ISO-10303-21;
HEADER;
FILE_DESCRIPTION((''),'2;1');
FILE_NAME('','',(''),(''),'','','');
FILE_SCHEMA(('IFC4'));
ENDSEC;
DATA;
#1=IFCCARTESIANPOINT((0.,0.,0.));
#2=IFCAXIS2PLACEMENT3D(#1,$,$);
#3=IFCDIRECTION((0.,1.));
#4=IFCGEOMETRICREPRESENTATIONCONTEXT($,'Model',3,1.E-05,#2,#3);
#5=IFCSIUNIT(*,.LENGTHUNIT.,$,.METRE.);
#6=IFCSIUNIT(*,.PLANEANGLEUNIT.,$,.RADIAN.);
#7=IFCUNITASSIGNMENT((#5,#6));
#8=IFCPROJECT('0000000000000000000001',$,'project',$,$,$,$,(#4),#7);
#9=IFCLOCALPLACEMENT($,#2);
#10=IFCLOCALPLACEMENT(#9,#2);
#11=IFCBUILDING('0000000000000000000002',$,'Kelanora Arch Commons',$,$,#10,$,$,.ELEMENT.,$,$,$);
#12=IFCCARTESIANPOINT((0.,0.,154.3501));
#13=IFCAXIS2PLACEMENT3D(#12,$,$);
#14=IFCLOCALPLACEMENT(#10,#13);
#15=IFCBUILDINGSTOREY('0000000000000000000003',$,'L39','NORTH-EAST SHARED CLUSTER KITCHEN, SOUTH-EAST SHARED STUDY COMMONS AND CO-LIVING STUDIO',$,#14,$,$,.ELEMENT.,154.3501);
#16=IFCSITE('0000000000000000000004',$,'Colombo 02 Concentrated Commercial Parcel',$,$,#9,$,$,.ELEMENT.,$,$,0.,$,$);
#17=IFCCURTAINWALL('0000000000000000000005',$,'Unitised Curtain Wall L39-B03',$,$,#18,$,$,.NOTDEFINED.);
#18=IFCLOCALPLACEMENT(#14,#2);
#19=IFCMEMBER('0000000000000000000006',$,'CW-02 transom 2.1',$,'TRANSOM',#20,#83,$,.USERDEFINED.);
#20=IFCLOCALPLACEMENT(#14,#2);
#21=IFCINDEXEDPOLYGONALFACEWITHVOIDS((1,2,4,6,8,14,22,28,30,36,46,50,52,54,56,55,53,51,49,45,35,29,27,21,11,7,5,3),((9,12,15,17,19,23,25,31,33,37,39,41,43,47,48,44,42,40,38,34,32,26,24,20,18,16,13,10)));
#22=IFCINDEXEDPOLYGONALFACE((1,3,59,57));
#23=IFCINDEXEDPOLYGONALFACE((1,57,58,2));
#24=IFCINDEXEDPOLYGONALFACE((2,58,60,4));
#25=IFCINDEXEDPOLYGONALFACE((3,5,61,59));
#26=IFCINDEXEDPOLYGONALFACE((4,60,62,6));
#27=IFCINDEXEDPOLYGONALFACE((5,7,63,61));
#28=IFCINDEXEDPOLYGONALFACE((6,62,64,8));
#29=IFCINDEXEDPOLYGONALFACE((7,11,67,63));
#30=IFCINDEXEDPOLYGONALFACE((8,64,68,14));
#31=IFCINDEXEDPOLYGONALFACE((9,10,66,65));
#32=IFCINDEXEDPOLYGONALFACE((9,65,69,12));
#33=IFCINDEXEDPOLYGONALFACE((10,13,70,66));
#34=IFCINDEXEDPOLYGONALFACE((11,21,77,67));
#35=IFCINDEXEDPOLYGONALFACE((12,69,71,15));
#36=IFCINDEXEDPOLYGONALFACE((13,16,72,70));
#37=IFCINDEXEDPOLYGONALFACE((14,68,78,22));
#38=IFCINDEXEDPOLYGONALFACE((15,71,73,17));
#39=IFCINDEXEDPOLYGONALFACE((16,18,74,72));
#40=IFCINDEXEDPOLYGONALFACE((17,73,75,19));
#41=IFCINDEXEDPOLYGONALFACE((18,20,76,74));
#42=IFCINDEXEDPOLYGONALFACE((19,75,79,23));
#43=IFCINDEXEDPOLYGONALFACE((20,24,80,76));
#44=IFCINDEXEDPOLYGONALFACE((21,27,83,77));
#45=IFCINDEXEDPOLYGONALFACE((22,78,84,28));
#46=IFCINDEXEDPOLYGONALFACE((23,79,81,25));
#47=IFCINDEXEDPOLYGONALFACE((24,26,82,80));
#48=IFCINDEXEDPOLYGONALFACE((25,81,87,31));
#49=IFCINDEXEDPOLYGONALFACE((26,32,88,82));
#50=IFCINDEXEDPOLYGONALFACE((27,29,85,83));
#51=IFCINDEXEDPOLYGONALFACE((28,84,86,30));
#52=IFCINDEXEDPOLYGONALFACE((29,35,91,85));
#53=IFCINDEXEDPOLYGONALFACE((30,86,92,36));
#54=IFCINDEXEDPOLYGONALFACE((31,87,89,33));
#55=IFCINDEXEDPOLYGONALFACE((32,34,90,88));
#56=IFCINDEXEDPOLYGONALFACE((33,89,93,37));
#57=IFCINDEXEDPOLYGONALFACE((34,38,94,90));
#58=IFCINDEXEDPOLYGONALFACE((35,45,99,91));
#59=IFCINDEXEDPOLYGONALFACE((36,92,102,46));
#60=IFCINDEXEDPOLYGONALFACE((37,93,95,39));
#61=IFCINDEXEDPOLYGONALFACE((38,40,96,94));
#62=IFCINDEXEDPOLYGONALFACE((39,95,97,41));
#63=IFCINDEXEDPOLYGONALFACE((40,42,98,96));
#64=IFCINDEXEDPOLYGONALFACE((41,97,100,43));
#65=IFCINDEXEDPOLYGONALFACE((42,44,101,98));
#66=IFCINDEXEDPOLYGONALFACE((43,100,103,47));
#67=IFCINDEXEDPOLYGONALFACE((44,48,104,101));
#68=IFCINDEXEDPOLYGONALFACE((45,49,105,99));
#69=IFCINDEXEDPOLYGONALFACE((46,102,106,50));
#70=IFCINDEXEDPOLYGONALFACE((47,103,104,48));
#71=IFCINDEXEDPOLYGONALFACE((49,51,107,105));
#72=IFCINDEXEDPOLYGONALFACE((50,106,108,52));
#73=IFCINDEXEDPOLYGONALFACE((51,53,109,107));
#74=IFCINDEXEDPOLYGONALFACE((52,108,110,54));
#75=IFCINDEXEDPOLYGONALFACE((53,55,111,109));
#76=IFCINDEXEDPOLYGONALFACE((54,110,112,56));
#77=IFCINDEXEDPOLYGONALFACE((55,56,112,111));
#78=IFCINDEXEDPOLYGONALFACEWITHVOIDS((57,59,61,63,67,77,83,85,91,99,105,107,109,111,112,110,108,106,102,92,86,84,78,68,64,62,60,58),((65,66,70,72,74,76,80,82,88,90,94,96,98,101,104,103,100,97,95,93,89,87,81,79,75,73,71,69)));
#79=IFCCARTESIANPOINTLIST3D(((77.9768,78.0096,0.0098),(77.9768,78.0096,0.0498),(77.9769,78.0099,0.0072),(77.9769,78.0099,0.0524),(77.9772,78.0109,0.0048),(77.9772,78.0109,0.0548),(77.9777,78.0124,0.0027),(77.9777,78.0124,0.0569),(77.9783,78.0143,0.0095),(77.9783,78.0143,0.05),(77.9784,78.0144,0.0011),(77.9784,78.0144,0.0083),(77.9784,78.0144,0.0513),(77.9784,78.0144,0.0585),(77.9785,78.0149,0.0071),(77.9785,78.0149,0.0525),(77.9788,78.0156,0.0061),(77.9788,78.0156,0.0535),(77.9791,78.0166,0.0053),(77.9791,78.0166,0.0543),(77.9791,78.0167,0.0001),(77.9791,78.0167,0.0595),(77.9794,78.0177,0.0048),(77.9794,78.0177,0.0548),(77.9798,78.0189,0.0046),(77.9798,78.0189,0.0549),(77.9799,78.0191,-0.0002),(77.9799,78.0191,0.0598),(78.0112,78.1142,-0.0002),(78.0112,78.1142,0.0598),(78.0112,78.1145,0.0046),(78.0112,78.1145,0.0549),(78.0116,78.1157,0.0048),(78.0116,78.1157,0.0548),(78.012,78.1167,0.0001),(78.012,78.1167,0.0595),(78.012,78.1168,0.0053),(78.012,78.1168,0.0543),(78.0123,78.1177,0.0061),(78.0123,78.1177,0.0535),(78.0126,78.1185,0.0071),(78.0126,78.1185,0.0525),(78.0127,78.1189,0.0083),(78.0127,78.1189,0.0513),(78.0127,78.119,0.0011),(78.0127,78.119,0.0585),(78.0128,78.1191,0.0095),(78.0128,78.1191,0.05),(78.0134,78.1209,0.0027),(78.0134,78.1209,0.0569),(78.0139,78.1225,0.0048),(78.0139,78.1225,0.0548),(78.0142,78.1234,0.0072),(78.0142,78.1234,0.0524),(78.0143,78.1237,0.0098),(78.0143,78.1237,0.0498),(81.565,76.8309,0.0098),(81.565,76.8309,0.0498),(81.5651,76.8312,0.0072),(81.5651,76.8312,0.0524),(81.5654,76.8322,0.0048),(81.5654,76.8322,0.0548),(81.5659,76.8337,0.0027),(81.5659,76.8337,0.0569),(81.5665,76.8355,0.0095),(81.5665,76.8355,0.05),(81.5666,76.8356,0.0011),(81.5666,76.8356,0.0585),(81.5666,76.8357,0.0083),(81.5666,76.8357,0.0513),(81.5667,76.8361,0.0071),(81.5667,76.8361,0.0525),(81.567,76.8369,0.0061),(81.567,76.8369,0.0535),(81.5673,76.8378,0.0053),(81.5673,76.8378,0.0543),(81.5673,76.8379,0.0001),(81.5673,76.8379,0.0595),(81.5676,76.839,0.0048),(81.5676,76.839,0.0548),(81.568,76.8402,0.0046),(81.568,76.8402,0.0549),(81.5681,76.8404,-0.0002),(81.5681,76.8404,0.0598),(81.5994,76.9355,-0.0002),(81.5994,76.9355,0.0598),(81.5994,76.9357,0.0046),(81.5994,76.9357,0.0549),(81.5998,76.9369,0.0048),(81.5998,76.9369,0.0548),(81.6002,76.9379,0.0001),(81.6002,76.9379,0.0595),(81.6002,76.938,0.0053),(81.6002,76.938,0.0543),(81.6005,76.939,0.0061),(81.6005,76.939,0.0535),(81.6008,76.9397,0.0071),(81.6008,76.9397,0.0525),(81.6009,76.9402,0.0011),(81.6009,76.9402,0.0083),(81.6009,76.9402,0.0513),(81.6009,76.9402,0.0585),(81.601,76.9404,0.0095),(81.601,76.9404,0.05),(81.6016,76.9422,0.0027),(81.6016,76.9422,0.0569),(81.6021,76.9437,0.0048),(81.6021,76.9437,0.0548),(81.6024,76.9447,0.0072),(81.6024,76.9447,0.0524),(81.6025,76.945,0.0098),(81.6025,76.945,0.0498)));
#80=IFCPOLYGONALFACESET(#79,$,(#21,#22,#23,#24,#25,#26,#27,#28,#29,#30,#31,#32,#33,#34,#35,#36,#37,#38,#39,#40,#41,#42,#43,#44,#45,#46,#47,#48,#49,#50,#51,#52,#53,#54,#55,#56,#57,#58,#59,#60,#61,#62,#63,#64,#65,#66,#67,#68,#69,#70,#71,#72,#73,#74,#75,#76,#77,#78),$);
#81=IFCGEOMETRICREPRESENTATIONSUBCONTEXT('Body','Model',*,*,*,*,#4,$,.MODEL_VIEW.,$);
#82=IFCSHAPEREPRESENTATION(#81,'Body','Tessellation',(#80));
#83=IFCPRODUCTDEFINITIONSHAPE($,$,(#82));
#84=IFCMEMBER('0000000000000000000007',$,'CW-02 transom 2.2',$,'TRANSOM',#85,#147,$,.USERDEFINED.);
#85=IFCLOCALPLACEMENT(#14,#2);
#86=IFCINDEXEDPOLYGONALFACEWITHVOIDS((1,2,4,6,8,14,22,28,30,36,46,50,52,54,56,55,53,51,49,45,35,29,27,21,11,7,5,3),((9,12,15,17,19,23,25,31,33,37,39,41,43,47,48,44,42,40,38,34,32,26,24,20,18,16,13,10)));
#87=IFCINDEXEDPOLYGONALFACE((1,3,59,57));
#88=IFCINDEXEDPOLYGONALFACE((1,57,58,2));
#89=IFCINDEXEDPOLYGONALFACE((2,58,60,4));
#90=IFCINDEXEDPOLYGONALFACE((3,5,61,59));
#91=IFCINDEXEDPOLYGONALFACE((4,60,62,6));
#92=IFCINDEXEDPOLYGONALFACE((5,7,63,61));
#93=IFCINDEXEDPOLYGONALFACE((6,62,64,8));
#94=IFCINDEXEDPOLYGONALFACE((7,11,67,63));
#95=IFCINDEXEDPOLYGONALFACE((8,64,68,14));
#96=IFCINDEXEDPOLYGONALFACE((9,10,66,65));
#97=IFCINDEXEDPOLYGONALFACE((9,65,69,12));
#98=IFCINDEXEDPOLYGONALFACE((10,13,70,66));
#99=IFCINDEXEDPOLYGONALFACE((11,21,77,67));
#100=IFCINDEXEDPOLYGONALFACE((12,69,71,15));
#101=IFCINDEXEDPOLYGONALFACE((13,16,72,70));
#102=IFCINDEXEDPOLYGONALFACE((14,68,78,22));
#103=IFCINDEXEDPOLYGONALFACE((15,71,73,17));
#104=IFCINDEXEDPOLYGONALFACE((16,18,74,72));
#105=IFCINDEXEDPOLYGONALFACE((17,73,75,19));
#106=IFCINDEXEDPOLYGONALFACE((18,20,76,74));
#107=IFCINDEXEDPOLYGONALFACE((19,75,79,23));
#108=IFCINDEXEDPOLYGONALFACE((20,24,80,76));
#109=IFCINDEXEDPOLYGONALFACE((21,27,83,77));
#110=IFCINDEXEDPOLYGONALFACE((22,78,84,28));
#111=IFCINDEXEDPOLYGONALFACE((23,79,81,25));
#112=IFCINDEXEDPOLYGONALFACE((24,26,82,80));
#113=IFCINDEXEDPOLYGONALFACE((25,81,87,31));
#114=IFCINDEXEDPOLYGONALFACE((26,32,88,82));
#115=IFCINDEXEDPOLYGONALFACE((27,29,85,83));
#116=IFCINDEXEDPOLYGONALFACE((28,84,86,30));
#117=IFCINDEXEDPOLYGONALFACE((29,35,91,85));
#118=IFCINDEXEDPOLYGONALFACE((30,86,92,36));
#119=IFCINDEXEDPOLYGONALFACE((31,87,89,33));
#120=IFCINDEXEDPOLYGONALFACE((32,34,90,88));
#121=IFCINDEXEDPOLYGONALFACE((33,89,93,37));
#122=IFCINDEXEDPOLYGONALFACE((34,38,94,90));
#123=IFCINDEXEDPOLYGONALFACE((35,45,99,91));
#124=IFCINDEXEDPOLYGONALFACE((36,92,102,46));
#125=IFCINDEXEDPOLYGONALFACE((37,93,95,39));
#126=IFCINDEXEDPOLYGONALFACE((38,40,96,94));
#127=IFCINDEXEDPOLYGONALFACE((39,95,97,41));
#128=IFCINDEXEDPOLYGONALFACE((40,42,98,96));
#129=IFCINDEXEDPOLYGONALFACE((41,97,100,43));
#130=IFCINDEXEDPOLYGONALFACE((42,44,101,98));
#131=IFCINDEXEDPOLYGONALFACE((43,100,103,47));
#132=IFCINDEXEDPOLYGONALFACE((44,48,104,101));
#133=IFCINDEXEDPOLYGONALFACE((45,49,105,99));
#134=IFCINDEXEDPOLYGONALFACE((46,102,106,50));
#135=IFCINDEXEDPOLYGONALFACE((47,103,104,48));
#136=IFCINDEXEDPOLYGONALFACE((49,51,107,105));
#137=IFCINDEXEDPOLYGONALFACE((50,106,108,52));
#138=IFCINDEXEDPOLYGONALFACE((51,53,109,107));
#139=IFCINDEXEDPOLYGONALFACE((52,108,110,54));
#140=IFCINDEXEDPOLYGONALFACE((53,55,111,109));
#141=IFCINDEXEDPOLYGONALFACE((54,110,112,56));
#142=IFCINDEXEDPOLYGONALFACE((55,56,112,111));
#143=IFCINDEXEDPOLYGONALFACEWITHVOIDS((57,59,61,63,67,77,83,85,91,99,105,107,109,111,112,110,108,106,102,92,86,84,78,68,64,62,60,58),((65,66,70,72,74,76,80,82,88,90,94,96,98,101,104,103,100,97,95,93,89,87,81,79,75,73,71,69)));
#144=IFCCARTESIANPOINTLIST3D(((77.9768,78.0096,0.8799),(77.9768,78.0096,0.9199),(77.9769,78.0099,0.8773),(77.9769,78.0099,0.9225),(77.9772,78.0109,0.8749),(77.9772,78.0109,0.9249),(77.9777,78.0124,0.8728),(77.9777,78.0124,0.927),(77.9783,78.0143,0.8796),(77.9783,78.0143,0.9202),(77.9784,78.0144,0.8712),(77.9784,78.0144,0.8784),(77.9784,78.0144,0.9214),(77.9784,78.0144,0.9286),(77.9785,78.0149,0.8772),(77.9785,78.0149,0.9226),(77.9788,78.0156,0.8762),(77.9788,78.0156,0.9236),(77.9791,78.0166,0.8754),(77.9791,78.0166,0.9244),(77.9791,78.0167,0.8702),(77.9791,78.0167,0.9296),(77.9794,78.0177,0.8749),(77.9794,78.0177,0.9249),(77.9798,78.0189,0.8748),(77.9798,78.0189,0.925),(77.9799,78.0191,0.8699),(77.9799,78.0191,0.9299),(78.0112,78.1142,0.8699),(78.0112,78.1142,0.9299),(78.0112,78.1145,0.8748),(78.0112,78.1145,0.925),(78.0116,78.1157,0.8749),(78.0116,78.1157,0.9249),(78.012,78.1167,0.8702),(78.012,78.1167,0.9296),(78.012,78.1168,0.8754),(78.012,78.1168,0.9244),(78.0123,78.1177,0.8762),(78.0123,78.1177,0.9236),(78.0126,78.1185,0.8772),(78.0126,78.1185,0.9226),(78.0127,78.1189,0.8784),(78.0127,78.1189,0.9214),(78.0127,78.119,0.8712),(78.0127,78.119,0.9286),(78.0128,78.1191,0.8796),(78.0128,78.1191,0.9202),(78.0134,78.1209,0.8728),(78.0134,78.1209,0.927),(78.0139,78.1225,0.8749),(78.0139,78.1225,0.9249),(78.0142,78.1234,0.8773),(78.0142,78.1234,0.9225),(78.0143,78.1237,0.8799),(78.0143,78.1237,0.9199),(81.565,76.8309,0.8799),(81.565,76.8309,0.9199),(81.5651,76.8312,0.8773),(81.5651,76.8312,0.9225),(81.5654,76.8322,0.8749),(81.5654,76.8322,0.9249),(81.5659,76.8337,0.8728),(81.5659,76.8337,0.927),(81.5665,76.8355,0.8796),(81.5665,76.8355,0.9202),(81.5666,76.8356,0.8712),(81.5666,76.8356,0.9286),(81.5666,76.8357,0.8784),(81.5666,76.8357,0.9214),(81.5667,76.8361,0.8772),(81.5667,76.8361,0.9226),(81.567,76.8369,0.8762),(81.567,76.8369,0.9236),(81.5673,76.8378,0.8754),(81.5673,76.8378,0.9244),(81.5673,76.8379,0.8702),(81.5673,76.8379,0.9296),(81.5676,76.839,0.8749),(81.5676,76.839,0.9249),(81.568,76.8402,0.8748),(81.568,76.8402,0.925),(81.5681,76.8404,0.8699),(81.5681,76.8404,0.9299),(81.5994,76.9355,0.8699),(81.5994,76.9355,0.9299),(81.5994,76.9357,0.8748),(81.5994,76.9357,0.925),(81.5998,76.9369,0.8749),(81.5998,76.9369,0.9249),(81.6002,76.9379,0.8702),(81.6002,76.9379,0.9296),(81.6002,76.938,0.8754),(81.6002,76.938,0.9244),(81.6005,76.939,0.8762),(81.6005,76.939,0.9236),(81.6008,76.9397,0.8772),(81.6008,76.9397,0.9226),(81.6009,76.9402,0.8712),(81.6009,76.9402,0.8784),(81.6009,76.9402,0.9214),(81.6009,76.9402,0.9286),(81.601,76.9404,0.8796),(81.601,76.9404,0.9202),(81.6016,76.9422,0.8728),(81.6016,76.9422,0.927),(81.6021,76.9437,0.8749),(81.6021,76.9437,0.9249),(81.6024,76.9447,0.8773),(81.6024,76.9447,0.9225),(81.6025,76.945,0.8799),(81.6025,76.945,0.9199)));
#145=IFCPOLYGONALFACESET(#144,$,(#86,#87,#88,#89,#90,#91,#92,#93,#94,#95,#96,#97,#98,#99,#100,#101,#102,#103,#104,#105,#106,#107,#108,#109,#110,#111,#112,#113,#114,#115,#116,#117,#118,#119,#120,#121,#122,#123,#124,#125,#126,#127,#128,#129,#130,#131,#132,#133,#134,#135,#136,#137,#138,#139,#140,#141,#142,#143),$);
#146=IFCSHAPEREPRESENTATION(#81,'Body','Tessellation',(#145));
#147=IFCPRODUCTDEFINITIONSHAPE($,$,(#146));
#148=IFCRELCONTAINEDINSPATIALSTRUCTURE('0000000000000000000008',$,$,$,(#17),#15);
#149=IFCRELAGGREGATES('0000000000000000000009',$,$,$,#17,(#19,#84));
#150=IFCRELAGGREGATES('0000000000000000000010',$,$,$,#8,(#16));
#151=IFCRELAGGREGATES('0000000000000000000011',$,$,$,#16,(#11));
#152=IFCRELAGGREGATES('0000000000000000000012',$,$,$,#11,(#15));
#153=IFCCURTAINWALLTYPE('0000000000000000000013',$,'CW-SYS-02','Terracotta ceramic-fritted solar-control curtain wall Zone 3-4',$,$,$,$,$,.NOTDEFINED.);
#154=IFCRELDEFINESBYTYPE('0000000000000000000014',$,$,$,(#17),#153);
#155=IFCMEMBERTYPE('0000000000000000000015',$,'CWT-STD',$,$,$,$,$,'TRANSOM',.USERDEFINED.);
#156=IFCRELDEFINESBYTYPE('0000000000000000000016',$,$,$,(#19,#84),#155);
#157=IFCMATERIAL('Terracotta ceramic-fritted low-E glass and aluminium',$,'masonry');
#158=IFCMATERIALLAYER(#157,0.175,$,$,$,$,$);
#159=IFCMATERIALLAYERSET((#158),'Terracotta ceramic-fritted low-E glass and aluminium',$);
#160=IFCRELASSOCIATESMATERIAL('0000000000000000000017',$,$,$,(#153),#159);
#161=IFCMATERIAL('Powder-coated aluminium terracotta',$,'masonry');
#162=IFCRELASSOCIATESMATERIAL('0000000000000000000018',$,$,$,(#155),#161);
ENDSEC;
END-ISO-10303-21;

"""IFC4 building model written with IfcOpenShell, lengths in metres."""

from ifc_helpers import new_model, si_unit, direction, frame, origin, origin_2d, place, context, subcontext, project, spatial, hollow_rectangle, extrude, material, layer, layer_set, material_profile, profile_set, type_object, element, aggregate, save


model = new_model("IFC4")

# Units and contexts
model_context = context("Model", 3, precision=1e-05, world=origin(), true_north=direction((0.0, 1.0)))
body_context = subcontext(model_context, "Body", "Model", "MODEL_VIEW")
ifc_project = project(units=[si_unit("LENGTHUNIT", "METRE"), si_unit("PLANEANGLEUNIT", "RADIAN")], contexts=[model_context])

# Site, building, storey
site_placement = place(None, origin())
site = spatial("IfcSite", under=ifc_project, at=site_placement, Name="Colombo 02 Concentrated Commercial Parcel", CompositionType="ELEMENT", RefElevation=0.0)
building_placement = place(site_placement, origin())
building = spatial("IfcBuilding", under=site, at=building_placement, Name="Kelanora Arch Commons", CompositionType="ELEMENT")
storey_placement = place(building_placement, frame((0.0, 0.0, 154.3501)))
storey = spatial("IfcBuildingStorey", under=building, at=storey_placement, Name="L39", Description="NORTH-EAST SHARED CLUSTER KITCHEN, SOUTH-EAST SHARED STUDY COMMONS AND CO-LIVING STUDIO", CompositionType="ELEMENT", Elevation=154.3501)

# Curtain wall, members
ifc_material_1 = material(Name="Terracotta ceramic-fritted low-E glass and aluminium", Category="masonry")
ifc_layer_1 = layer(ifc_material_1, 0.175)
ifc_layer_set_1 = layer_set([ifc_layer_1], Name="Terracotta ceramic-fritted low-E glass and aluminium")
curtain_wall_type = type_object("IfcCurtainWallType", Name="CW-SYS-02", Description="Terracotta ceramic-fritted solar-control curtain wall Zone 3-4", PredefinedType="NOTDEFINED", material=ifc_layer_set_1)
curtain_wall_placement = place(storey_placement, origin())
curtain_wall = element("IfcCurtainWall", 1, at=curtain_wall_placement, inside=storey, type_object=curtain_wall_type, Name="Unitised Curtain Wall L39-B03", PredefinedType="NOTDEFINED")
ifc_material_2 = material(Name="Powder-coated aluminium terracotta", Category="masonry")
ifc_material_profile_1 = material_profile(ifc_material_2, hollow_rectangle(XDim=0.1201, YDim=0.0601, WallThickness=0.0049, InnerFilletRadius=0.0049, OuterFilletRadius=0.01, at=origin_2d()), Name="CWT120x60")
ifc_profile_set_1 = profile_set([ifc_material_profile_1], Name="Powder-coated aluminium terracotta")
member_type_1 = type_object("IfcMemberType", Name="CWT-STD", ElementType="TRANSOM", PredefinedType="USERDEFINED", material=ifc_profile_set_1)
member_1_placement = place(storey_placement, frame((81.5837, 76.8879, 0.0298), z_axis=(-0.950051, 0.312094, 0.0), x_axis=(-0.312094, -0.950051, 0.0)))
member_1 = element("IfcMember", 2, at=member_1_placement, type_object=member_type_1, Name="CW-02 transom 2.1", ObjectType="TRANSOM", PredefinedType="USERDEFINED", context=body_context, shape_type="SweptSolid", body=[
    extrude(hollow_rectangle(XDim=0.1201, YDim=0.0601, WallThickness=0.0049, InnerFilletRadius=0.0049, OuterFilletRadius=0.01, at=origin_2d()), origin(), (0.0, 0.0, 1.0), 3.7769),
])
member_2_placement = place(storey_placement, frame((81.5837, 76.8879, 0.8999), z_axis=(-0.950051, 0.312094, 0.0), x_axis=(-0.312094, -0.950051, 0.0)))
member_2 = element("IfcMember", 3, at=member_2_placement, type_object=member_type_1, Name="CW-02 transom 2.2", ObjectType="TRANSOM", PredefinedType="USERDEFINED", context=body_context, shape_type="SweptSolid", body=[
    extrude(hollow_rectangle(XDim=0.1201, YDim=0.0601, WallThickness=0.0049, InnerFilletRadius=0.0049, OuterFilletRadius=0.01, at=origin_2d()), origin(), (0.0, 0.0, 1.0), 3.7769),
])
aggregate(curtain_wall, [member_1, member_2])

save(model, "model.ifc")
